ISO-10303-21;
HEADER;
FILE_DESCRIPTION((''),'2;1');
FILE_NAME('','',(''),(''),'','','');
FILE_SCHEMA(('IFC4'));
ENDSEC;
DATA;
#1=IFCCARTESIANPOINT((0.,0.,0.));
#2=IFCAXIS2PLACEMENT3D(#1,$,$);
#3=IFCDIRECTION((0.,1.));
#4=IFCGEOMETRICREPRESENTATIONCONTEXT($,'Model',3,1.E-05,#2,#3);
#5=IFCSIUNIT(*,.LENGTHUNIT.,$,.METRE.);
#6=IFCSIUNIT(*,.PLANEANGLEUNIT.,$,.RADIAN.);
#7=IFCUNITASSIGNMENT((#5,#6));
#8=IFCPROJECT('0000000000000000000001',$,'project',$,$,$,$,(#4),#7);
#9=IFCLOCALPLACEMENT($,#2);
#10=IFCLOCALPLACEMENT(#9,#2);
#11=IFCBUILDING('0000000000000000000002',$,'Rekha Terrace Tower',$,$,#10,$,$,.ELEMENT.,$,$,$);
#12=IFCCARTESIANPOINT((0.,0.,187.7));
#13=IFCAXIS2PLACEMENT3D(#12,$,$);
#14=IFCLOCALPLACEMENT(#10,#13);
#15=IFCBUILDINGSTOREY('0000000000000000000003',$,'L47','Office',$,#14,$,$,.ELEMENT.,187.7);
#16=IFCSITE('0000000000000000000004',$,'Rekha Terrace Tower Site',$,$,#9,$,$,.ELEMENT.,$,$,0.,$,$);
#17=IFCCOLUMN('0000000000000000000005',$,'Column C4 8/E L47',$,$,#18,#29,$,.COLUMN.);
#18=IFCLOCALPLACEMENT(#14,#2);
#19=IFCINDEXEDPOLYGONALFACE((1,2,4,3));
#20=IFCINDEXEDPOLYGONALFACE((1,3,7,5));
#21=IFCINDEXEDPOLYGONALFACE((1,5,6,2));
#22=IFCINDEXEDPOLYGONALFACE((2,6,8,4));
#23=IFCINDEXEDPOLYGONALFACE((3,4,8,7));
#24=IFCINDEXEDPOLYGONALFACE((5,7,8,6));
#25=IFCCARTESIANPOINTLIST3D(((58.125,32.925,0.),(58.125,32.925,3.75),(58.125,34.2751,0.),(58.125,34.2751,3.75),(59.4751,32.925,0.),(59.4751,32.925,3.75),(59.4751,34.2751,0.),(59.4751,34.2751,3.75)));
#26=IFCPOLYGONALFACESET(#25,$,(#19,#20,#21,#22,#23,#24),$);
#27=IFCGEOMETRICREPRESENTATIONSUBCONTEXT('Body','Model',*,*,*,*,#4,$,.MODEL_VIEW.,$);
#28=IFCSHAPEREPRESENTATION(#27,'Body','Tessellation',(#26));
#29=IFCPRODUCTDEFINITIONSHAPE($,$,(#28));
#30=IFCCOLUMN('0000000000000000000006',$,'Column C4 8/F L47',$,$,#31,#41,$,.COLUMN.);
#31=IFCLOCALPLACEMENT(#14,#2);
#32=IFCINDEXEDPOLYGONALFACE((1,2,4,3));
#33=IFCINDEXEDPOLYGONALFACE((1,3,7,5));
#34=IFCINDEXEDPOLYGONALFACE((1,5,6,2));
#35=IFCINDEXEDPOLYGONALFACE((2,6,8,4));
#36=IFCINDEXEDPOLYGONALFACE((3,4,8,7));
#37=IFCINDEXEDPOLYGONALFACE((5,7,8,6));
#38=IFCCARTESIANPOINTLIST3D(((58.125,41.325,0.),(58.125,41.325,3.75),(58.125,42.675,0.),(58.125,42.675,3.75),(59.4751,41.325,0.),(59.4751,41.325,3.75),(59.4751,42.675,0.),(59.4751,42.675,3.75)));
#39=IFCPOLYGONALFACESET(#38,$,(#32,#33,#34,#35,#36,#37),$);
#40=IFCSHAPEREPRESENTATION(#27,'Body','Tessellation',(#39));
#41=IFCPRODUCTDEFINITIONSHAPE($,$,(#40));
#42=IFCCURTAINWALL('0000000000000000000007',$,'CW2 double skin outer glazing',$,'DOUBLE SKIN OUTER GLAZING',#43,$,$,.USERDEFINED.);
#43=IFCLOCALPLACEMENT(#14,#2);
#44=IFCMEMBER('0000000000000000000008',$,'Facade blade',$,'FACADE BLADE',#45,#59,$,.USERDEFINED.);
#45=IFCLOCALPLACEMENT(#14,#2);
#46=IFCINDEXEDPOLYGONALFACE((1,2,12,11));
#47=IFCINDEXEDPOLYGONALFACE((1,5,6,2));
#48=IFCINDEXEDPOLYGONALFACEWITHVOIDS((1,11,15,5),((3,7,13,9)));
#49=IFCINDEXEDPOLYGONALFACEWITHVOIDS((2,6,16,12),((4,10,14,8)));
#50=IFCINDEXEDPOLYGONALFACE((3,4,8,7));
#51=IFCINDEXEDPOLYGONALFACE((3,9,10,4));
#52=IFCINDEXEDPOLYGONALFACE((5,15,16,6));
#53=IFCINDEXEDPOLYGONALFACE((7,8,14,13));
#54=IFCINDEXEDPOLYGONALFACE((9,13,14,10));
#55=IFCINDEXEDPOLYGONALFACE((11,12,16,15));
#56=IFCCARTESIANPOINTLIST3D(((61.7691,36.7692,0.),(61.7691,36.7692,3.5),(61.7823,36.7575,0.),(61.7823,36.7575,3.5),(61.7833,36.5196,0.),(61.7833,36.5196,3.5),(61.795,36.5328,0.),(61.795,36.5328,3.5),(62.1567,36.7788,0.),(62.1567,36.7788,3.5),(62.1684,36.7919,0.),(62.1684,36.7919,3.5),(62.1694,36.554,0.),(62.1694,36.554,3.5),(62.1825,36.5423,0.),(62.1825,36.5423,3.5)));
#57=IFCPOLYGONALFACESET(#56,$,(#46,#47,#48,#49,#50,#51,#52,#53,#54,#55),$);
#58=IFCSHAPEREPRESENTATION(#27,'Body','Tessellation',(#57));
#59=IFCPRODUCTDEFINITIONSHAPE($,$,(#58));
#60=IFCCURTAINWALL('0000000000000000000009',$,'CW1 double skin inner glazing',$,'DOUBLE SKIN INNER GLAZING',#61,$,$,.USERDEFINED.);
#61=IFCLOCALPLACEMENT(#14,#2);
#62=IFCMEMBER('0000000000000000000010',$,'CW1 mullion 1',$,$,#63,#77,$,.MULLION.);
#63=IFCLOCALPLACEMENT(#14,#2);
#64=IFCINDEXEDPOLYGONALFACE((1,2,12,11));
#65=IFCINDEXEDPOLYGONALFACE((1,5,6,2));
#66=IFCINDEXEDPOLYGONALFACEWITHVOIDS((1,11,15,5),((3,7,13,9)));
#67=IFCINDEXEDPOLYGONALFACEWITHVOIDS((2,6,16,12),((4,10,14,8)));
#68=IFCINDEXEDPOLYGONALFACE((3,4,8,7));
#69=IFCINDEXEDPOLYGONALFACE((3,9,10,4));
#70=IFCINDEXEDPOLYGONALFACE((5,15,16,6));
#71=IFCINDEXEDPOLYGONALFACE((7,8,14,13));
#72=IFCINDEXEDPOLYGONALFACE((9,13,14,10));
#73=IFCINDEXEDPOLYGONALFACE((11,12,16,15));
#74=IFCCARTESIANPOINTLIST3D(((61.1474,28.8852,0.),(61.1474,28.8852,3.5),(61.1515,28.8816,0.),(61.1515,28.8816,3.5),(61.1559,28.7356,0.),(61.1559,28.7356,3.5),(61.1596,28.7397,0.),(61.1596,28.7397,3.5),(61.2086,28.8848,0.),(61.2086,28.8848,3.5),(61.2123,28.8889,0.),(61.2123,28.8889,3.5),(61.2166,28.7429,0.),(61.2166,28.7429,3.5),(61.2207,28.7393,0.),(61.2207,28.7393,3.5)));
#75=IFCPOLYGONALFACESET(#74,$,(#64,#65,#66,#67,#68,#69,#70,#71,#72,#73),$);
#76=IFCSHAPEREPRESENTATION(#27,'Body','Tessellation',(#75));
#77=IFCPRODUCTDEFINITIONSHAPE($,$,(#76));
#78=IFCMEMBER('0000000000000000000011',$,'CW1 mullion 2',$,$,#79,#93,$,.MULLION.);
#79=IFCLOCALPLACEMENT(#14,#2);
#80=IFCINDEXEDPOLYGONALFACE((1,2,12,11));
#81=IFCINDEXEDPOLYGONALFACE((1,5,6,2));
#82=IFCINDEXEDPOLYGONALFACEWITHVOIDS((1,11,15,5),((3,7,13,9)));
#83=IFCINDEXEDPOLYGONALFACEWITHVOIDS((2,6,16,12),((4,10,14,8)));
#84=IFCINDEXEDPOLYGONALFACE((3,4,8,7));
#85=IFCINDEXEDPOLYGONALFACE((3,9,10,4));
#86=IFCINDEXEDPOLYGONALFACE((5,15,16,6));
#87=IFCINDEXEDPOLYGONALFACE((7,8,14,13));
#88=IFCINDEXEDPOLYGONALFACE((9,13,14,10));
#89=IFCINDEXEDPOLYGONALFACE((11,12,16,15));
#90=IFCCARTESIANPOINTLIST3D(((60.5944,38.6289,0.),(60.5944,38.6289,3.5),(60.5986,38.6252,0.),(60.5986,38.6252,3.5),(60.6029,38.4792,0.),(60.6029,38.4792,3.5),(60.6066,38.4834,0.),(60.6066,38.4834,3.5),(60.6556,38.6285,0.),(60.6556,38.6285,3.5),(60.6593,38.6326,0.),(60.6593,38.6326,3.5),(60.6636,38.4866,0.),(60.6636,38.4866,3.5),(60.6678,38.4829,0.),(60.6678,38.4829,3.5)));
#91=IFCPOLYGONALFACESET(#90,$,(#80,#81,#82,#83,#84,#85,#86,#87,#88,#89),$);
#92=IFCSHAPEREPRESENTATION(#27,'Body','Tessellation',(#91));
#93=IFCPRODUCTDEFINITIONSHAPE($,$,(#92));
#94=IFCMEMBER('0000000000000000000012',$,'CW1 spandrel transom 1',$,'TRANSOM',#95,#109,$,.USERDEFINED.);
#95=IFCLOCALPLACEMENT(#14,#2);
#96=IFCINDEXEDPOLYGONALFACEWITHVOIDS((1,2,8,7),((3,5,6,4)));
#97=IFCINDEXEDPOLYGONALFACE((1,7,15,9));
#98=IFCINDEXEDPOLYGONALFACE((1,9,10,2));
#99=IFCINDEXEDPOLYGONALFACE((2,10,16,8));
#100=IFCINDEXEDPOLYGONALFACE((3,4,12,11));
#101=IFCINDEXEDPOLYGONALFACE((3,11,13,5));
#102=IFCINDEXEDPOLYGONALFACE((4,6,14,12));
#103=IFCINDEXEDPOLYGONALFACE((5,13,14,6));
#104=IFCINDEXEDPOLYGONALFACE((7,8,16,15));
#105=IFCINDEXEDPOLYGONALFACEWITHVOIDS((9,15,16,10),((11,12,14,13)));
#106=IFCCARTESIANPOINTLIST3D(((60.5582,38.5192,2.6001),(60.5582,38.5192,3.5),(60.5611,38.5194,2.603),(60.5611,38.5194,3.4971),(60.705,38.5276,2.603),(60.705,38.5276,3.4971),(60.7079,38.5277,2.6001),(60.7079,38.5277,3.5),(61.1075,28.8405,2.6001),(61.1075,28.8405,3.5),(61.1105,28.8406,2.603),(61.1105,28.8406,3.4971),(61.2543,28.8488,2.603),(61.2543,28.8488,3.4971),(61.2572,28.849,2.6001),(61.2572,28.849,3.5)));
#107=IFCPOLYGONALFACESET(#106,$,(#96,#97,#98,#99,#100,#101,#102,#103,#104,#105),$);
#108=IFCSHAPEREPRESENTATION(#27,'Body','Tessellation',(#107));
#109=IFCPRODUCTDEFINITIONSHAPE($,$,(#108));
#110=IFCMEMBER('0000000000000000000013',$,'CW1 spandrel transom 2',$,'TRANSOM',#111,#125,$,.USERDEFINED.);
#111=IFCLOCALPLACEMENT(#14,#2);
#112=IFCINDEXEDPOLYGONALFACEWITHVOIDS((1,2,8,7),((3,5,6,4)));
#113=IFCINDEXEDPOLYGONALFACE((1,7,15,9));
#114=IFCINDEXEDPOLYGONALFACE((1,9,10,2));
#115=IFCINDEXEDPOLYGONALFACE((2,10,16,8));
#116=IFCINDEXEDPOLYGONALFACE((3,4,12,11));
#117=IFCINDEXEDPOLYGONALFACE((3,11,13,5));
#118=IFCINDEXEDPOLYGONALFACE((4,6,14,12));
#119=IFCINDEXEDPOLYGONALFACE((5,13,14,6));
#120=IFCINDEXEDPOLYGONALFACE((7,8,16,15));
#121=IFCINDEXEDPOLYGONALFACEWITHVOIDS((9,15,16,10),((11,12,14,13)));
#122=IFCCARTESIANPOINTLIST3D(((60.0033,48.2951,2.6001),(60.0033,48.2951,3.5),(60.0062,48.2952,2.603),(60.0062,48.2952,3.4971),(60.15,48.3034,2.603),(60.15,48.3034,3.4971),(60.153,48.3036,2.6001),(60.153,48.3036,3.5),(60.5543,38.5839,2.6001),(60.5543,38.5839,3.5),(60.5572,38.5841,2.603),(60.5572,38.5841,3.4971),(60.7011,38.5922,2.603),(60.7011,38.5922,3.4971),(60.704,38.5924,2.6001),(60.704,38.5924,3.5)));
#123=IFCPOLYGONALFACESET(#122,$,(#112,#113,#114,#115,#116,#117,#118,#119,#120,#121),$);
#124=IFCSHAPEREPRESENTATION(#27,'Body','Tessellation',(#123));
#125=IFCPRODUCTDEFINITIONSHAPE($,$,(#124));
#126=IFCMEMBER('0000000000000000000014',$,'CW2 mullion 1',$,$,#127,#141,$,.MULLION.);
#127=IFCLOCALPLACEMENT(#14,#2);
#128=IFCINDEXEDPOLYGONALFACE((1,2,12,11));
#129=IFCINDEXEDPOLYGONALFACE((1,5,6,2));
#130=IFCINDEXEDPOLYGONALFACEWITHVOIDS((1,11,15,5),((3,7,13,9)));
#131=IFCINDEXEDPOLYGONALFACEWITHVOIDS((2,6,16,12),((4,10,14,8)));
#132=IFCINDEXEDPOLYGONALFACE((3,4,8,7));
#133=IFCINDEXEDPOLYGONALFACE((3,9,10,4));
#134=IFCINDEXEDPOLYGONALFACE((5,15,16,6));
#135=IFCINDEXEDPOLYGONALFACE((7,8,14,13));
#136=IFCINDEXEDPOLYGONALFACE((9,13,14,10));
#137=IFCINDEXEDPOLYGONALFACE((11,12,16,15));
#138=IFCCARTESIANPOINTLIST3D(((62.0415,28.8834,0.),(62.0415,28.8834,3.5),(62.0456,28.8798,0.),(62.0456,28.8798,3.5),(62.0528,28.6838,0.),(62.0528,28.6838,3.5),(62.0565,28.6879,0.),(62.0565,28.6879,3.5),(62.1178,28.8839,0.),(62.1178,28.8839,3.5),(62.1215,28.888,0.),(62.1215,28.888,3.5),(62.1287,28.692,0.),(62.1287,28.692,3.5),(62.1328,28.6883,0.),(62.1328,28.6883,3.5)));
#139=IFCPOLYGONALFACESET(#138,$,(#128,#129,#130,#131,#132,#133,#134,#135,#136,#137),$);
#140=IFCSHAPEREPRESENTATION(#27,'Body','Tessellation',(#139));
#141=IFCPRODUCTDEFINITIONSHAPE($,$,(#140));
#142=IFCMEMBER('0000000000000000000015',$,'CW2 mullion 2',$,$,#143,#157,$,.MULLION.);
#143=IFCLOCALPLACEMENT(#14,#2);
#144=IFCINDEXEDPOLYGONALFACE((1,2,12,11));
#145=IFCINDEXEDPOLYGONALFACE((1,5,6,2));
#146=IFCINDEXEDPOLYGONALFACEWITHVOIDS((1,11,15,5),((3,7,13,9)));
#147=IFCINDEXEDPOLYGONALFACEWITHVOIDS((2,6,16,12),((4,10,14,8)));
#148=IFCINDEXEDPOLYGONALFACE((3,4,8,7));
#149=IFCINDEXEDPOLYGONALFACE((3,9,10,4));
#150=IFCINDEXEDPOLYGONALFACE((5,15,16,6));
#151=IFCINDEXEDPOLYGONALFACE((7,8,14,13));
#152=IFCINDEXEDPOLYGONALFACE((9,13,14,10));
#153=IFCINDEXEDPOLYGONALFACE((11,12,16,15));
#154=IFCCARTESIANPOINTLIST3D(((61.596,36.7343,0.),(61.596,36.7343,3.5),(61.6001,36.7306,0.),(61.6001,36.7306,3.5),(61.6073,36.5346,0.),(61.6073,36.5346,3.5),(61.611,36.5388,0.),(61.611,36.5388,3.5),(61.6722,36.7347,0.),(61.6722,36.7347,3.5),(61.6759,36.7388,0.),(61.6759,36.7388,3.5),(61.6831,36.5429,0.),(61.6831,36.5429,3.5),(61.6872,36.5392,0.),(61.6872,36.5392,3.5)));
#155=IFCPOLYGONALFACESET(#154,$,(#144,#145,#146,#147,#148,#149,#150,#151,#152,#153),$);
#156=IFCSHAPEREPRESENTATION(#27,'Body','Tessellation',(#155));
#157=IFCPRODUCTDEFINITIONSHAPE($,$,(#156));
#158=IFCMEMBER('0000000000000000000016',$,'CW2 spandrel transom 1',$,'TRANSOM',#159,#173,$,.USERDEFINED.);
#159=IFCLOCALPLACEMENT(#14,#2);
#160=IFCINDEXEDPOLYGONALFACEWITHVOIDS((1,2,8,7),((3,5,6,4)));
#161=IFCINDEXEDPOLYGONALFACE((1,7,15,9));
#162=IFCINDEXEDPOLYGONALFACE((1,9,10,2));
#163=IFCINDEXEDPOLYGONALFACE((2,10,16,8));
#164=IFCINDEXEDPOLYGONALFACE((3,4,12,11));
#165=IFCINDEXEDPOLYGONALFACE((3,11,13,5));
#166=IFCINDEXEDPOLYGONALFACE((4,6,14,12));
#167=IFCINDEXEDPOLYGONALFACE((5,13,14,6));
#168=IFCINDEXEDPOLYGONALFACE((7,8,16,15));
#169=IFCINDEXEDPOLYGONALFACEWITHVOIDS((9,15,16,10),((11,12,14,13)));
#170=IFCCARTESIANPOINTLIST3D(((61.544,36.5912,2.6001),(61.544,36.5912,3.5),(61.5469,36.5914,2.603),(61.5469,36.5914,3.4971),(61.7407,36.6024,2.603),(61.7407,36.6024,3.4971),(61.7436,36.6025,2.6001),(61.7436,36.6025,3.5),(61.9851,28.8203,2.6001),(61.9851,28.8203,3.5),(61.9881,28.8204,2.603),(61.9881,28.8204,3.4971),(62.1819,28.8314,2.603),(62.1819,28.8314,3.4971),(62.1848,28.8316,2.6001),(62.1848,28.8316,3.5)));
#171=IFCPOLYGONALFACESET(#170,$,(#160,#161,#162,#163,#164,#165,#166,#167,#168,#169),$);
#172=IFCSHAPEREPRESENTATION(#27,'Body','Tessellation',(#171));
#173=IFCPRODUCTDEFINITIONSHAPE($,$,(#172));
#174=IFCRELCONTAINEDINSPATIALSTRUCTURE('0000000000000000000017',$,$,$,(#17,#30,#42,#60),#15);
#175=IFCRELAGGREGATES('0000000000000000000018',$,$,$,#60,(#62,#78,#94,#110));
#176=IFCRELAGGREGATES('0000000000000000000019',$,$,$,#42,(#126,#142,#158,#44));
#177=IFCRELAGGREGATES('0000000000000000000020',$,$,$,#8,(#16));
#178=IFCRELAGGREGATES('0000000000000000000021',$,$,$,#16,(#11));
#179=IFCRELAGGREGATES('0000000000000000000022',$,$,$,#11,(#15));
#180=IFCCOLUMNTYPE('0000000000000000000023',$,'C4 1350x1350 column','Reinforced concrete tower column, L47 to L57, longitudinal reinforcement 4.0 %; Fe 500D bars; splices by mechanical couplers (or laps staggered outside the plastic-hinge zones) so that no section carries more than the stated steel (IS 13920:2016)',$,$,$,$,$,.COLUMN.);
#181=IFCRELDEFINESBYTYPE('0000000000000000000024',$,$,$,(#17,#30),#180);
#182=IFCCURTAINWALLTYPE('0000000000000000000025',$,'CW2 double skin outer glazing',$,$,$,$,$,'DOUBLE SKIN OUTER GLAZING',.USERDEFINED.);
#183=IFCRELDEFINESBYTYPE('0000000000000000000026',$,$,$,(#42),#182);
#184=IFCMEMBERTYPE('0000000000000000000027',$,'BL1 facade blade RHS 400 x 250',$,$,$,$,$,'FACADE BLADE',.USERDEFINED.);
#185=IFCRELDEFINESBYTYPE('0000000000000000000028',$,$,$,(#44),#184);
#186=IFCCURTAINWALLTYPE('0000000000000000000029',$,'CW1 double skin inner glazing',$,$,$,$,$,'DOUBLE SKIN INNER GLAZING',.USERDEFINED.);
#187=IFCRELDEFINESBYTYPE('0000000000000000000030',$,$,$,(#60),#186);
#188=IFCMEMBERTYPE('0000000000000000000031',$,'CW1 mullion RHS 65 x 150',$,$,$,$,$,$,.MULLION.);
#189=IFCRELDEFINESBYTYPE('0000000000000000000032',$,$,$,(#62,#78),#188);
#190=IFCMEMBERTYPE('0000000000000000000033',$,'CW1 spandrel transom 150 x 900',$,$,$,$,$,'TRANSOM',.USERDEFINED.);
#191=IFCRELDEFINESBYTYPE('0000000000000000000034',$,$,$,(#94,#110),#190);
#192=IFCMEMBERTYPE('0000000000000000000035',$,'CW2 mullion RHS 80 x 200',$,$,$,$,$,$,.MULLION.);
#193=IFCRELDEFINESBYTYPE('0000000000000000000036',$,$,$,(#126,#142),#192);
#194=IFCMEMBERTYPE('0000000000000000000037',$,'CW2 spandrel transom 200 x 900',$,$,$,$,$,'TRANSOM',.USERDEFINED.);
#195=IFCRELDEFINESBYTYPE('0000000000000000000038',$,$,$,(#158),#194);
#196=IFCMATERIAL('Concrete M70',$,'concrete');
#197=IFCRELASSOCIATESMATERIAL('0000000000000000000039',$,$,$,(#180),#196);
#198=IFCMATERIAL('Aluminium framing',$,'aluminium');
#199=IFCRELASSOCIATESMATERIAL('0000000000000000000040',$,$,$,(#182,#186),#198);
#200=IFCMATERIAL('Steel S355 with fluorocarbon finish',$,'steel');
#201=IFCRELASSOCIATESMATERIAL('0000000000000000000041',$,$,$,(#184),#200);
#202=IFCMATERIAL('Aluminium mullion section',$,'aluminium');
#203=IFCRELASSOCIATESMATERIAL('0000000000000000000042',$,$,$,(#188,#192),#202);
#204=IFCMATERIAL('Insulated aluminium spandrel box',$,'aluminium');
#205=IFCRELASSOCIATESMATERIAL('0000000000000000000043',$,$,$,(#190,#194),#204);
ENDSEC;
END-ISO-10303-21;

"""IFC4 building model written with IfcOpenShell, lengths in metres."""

from ifc_helpers import new_model, si_unit, direction, frame, origin, origin_2d, place, context, subcontext, project, spatial, rectangle, hollow_rectangle, extrude, material, material_profile, profile_set, type_object, element, aggregate, save


model = new_model("IFC4")

# Units and contexts
model_context = context("Model", 3, precision=1e-05, world=origin(), true_north=direction((0.0, 1.0)))
body_context = subcontext(model_context, "Body", "Model", "MODEL_VIEW")
ifc_project = project(units=[si_unit("LENGTHUNIT", "METRE"), si_unit("PLANEANGLEUNIT", "RADIAN")], contexts=[model_context])

# Site, building, storey
site_placement = place(None, origin())
site = spatial("IfcSite", under=ifc_project, at=site_placement, Name="Rekha Terrace Tower Site", CompositionType="ELEMENT", RefElevation=0.0)
building_placement = place(site_placement, origin())
building = spatial("IfcBuilding", under=site, at=building_placement, Name="Rekha Terrace Tower", CompositionType="ELEMENT")
storey_placement = place(building_placement, frame((0.0, 0.0, 187.7)))
storey = spatial("IfcBuildingStorey", under=building, at=storey_placement, Name="L47", Description="Office", CompositionType="ELEMENT", Elevation=187.7)

# Columns
ifc_material_1 = material(Name="Concrete M70", Category="concrete")
ifc_material_profile_1 = material_profile(ifc_material_1, rectangle(XDim=1.3501, YDim=1.3501, at=origin_2d()), Name="RC 1350x1350")
ifc_profile_set_1 = profile_set([ifc_material_profile_1], Name="Concrete M70")
column_type = type_object("IfcColumnType", Name="C4 1350x1350 column", Description="Reinforced concrete tower column, L47 to L57, longitudinal reinforcement 4.0 %; Fe 500D bars; splices by mechanical couplers (or laps staggered outside the plastic-hinge zones) so that no section carries more than the stated steel (IS 13920:2016)", PredefinedType="COLUMN", material=ifc_profile_set_1)
for number, where, z_axis, x_axis, name in (
    (1, (58.8, 33.6001, 0.0), (0.0, 0.0, 1.0), (1.0, 0.0, 0.0), "Column C4 8/E L47"),
    (2, (58.8, 42.0, 0.0), (0.0, 0.0, 1.0), (1.0, 0.0, 0.0), "Column C4 8/F L47"),
):
    element("IfcColumn", number, at=place(storey_placement, frame(where, z_axis=z_axis, x_axis=x_axis)), inside=storey, type_object=column_type, Name=name, PredefinedType="COLUMN", context=body_context, shape_type="SweptSolid", body=[
        extrude(rectangle(XDim=1.3501, YDim=1.3501, at=origin_2d()), origin(), (0.0, 0.0, 1.0), 3.75),
    ])

# Curtain wall, member
ifc_material_2 = material(Name="Aluminium framing", Category="aluminium")
curtain_wall_type_1 = type_object("IfcCurtainWallType", Name="CW2 double skin outer glazing", ElementType="DOUBLE SKIN OUTER GLAZING", PredefinedType="USERDEFINED", material=ifc_material_2)
curtain_wall_1_placement = place(storey_placement, origin())
curtain_wall_1 = element("IfcCurtainWall", 3, at=curtain_wall_1_placement, inside=storey, type_object=curtain_wall_type_1, Name="CW2 double skin outer glazing", ObjectType="DOUBLE SKIN OUTER GLAZING", PredefinedType="USERDEFINED")
ifc_material_3 = material(Name="Steel S355 with fluorocarbon finish", Category="steel")
ifc_material_profile_2 = material_profile(ifc_material_3, hollow_rectangle(XDim=0.25, YDim=0.3999, WallThickness=0.0125, at=origin_2d()), Name="RHS400x250x12.5")
ifc_profile_set_2 = profile_set([ifc_material_profile_2], Name="Steel S355 with fluorocarbon finish")
member_type_1 = type_object("IfcMemberType", Name="BL1 facade blade RHS 400 x 250", ElementType="FACADE BLADE", PredefinedType="USERDEFINED", material=ifc_profile_set_2)
member_1_placement = place(storey_placement, frame((61.9758, 36.6558, 0.0), z_axis=(0.0, 0.0, 1.0), x_axis=(-0.056674, 0.998393, 0.0)))
member_1 = element("IfcMember", 4, at=member_1_placement, type_object=member_type_1, Name="Facade blade", ObjectType="FACADE BLADE", PredefinedType="USERDEFINED", context=body_context, shape_type="SweptSolid", body=[
    extrude(hollow_rectangle(XDim=0.25, YDim=0.3999, WallThickness=0.0125, at=origin_2d()), origin(), (0.0, 0.0, 1.0), 3.5),
])

# Curtain wall, members
curtain_wall_type_2 = type_object("IfcCurtainWallType", Name="CW1 double skin inner glazing", ElementType="DOUBLE SKIN INNER GLAZING", PredefinedType="USERDEFINED", material=ifc_material_2)
curtain_wall_2_placement = place(storey_placement, origin())
curtain_wall_2 = element("IfcCurtainWall", 5, at=curtain_wall_2_placement, inside=storey, type_object=curtain_wall_type_2, Name="CW1 double skin inner glazing", ObjectType="DOUBLE SKIN INNER GLAZING", PredefinedType="USERDEFINED")
ifc_material_4 = material(Name="Aluminium mullion section", Category="aluminium")
ifc_material_profile_3 = material_profile(ifc_material_4, hollow_rectangle(XDim=0.0649, YDim=0.1499, WallThickness=0.0039, at=origin_2d()), Name="AL RHS 65x150")
ifc_profile_set_3 = profile_set([ifc_material_profile_3], Name="Aluminium mullion section")
member_type_2 = type_object("IfcMemberType", Name="CW1 mullion RHS 65 x 150", PredefinedType="MULLION", material=ifc_profile_set_3)
member_2_placement = place(storey_placement, frame((61.1841, 28.8123, 0.0), z_axis=(0.0, 0.0, 1.0), x_axis=(-0.998393, -0.056673, 0.0)))
member_2 = element("IfcMember", 6, at=member_2_placement, type_object=member_type_2, Name="CW1 mullion 1", PredefinedType="MULLION", context=body_context, shape_type="SweptSolid", body=[
    extrude(hollow_rectangle(XDim=0.0649, YDim=0.1499, WallThickness=0.0039, at=origin_2d()), origin(), (0.0, 0.0, 1.0), 3.5),
])
member_3_placement = place(storey_placement, frame((60.6311, 38.5559, 0.0), z_axis=(0.0, 0.0, 1.0), x_axis=(-0.998393, -0.056673, 0.0)))
member_3 = element("IfcMember", 7, at=member_3_placement, type_object=member_type_2, Name="CW1 mullion 2", PredefinedType="MULLION", context=body_context, shape_type="SweptSolid", body=[
    extrude(hollow_rectangle(XDim=0.0649, YDim=0.1499, WallThickness=0.0039, at=origin_2d()), origin(), (0.0, 0.0, 1.0), 3.5),
])
ifc_material_5 = material(Name="Insulated aluminium spandrel box", Category="aluminium")
ifc_material_profile_4 = material_profile(ifc_material_5, hollow_rectangle(XDim=0.1499, YDim=0.8999, WallThickness=0.0029, at=origin_2d()), Name="AL SPANDREL BOX 150x900")
ifc_profile_set_4 = profile_set([ifc_material_profile_4], Name="Insulated aluminium spandrel box")
member_type_3 = type_object("IfcMemberType", Name="CW1 spandrel transom 150 x 900", ElementType="TRANSOM", PredefinedType="USERDEFINED", material=ifc_profile_set_4)
member_4_placement = place(storey_placement, frame((61.1824, 28.8447, 3.05), z_axis=(-0.056664, 0.998393, 0.0), x_axis=(-0.998393, -0.056664, 0.0)))
member_4 = element("IfcMember", 8, at=member_4_placement, type_object=member_type_3, Name="CW1 spandrel transom 1", ObjectType="TRANSOM", PredefinedType="USERDEFINED", context=body_context, shape_type="SweptSolid", body=[
    extrude(hollow_rectangle(XDim=0.1499, YDim=0.8999, WallThickness=0.0029, at=origin_2d()), origin(), (0.0, 0.0, 1.0), 9.6943),
])
member_5_placement = place(storey_placement, frame((60.6292, 38.5881, 3.05), z_axis=(-0.05665, 0.998394, 0.0), x_axis=(-0.998394, -0.05665, 0.0)))
member_5 = element("IfcMember", 9, at=member_5_placement, type_object=member_type_3, Name="CW1 spandrel transom 2", ObjectType="TRANSOM", PredefinedType="USERDEFINED", context=body_context, shape_type="SweptSolid", body=[
    extrude(hollow_rectangle(XDim=0.1499, YDim=0.8999, WallThickness=0.0029, at=origin_2d()), origin(), (0.0, 0.0, 1.0), 9.7268),
])

# Members
ifc_material_profile_5 = material_profile(ifc_material_4, hollow_rectangle(XDim=0.0801, YDim=0.2, WallThickness=0.0039, at=origin_2d()), Name="AL RHS 80x200")
ifc_profile_set_5 = profile_set([ifc_material_profile_5], Name="Aluminium mullion section")
member_type_4 = type_object("IfcMemberType", Name="CW2 mullion RHS 80 x 200", PredefinedType="MULLION", material=ifc_profile_set_5)
member_6_placement = place(storey_placement, frame((62.0872, 28.7859, 0.0), z_axis=(0.0, 0.0, 1.0), x_axis=(-0.998393, -0.056673, 0.0)))
member_6 = element("IfcMember", 10, at=member_6_placement, type_object=member_type_4, Name="CW2 mullion 1", PredefinedType="MULLION", context=body_context, shape_type="SweptSolid", body=[
    extrude(hollow_rectangle(XDim=0.0801, YDim=0.2, WallThickness=0.0039, at=origin_2d()), origin(), (0.0, 0.0, 1.0), 3.5),
])
member_7_placement = place(storey_placement, frame((61.6416, 36.6367, 0.0), z_axis=(0.0, 0.0, 1.0), x_axis=(-0.998393, -0.056673, 0.0)))
member_7 = element("IfcMember", 11, at=member_7_placement, type_object=member_type_4, Name="CW2 mullion 2", PredefinedType="MULLION", context=body_context, shape_type="SweptSolid", body=[
    extrude(hollow_rectangle(XDim=0.0801, YDim=0.2, WallThickness=0.0039, at=origin_2d()), origin(), (0.0, 0.0, 1.0), 3.5),
])
ifc_material_profile_6 = material_profile(ifc_material_5, hollow_rectangle(XDim=0.2, YDim=0.8999, WallThickness=0.0029, at=origin_2d()), Name="AL SPANDREL BOX 200x900")
ifc_profile_set_6 = profile_set([ifc_material_profile_6], Name="Insulated aluminium spandrel box")
member_type_5 = type_object("IfcMemberType", Name="CW2 spandrel transom 200 x 900", ElementType="TRANSOM", PredefinedType="USERDEFINED", material=ifc_profile_set_6)
member_8_placement = place(storey_placement, frame((62.085, 28.8259, 3.05), z_axis=(-0.056679, 0.998392, 0.0), x_axis=(-0.998392, -0.056679, 0.0)))
member_8 = element("IfcMember", 12, at=member_8_placement, type_object=member_type_5, Name="CW2 spandrel transom 1", ObjectType="TRANSOM", PredefinedType="USERDEFINED", context=body_context, shape_type="SweptSolid", body=[
    extrude(hollow_rectangle(XDim=0.2, YDim=0.8999, WallThickness=0.0029, at=origin_2d()), origin(), (0.0, 0.0, 1.0), 7.7834),
])

aggregate(curtain_wall_2, [member_2, member_3, member_4, member_5])
aggregate(curtain_wall_1, [member_6, member_7, member_8, member_1])

save(model, "model.ifc")
